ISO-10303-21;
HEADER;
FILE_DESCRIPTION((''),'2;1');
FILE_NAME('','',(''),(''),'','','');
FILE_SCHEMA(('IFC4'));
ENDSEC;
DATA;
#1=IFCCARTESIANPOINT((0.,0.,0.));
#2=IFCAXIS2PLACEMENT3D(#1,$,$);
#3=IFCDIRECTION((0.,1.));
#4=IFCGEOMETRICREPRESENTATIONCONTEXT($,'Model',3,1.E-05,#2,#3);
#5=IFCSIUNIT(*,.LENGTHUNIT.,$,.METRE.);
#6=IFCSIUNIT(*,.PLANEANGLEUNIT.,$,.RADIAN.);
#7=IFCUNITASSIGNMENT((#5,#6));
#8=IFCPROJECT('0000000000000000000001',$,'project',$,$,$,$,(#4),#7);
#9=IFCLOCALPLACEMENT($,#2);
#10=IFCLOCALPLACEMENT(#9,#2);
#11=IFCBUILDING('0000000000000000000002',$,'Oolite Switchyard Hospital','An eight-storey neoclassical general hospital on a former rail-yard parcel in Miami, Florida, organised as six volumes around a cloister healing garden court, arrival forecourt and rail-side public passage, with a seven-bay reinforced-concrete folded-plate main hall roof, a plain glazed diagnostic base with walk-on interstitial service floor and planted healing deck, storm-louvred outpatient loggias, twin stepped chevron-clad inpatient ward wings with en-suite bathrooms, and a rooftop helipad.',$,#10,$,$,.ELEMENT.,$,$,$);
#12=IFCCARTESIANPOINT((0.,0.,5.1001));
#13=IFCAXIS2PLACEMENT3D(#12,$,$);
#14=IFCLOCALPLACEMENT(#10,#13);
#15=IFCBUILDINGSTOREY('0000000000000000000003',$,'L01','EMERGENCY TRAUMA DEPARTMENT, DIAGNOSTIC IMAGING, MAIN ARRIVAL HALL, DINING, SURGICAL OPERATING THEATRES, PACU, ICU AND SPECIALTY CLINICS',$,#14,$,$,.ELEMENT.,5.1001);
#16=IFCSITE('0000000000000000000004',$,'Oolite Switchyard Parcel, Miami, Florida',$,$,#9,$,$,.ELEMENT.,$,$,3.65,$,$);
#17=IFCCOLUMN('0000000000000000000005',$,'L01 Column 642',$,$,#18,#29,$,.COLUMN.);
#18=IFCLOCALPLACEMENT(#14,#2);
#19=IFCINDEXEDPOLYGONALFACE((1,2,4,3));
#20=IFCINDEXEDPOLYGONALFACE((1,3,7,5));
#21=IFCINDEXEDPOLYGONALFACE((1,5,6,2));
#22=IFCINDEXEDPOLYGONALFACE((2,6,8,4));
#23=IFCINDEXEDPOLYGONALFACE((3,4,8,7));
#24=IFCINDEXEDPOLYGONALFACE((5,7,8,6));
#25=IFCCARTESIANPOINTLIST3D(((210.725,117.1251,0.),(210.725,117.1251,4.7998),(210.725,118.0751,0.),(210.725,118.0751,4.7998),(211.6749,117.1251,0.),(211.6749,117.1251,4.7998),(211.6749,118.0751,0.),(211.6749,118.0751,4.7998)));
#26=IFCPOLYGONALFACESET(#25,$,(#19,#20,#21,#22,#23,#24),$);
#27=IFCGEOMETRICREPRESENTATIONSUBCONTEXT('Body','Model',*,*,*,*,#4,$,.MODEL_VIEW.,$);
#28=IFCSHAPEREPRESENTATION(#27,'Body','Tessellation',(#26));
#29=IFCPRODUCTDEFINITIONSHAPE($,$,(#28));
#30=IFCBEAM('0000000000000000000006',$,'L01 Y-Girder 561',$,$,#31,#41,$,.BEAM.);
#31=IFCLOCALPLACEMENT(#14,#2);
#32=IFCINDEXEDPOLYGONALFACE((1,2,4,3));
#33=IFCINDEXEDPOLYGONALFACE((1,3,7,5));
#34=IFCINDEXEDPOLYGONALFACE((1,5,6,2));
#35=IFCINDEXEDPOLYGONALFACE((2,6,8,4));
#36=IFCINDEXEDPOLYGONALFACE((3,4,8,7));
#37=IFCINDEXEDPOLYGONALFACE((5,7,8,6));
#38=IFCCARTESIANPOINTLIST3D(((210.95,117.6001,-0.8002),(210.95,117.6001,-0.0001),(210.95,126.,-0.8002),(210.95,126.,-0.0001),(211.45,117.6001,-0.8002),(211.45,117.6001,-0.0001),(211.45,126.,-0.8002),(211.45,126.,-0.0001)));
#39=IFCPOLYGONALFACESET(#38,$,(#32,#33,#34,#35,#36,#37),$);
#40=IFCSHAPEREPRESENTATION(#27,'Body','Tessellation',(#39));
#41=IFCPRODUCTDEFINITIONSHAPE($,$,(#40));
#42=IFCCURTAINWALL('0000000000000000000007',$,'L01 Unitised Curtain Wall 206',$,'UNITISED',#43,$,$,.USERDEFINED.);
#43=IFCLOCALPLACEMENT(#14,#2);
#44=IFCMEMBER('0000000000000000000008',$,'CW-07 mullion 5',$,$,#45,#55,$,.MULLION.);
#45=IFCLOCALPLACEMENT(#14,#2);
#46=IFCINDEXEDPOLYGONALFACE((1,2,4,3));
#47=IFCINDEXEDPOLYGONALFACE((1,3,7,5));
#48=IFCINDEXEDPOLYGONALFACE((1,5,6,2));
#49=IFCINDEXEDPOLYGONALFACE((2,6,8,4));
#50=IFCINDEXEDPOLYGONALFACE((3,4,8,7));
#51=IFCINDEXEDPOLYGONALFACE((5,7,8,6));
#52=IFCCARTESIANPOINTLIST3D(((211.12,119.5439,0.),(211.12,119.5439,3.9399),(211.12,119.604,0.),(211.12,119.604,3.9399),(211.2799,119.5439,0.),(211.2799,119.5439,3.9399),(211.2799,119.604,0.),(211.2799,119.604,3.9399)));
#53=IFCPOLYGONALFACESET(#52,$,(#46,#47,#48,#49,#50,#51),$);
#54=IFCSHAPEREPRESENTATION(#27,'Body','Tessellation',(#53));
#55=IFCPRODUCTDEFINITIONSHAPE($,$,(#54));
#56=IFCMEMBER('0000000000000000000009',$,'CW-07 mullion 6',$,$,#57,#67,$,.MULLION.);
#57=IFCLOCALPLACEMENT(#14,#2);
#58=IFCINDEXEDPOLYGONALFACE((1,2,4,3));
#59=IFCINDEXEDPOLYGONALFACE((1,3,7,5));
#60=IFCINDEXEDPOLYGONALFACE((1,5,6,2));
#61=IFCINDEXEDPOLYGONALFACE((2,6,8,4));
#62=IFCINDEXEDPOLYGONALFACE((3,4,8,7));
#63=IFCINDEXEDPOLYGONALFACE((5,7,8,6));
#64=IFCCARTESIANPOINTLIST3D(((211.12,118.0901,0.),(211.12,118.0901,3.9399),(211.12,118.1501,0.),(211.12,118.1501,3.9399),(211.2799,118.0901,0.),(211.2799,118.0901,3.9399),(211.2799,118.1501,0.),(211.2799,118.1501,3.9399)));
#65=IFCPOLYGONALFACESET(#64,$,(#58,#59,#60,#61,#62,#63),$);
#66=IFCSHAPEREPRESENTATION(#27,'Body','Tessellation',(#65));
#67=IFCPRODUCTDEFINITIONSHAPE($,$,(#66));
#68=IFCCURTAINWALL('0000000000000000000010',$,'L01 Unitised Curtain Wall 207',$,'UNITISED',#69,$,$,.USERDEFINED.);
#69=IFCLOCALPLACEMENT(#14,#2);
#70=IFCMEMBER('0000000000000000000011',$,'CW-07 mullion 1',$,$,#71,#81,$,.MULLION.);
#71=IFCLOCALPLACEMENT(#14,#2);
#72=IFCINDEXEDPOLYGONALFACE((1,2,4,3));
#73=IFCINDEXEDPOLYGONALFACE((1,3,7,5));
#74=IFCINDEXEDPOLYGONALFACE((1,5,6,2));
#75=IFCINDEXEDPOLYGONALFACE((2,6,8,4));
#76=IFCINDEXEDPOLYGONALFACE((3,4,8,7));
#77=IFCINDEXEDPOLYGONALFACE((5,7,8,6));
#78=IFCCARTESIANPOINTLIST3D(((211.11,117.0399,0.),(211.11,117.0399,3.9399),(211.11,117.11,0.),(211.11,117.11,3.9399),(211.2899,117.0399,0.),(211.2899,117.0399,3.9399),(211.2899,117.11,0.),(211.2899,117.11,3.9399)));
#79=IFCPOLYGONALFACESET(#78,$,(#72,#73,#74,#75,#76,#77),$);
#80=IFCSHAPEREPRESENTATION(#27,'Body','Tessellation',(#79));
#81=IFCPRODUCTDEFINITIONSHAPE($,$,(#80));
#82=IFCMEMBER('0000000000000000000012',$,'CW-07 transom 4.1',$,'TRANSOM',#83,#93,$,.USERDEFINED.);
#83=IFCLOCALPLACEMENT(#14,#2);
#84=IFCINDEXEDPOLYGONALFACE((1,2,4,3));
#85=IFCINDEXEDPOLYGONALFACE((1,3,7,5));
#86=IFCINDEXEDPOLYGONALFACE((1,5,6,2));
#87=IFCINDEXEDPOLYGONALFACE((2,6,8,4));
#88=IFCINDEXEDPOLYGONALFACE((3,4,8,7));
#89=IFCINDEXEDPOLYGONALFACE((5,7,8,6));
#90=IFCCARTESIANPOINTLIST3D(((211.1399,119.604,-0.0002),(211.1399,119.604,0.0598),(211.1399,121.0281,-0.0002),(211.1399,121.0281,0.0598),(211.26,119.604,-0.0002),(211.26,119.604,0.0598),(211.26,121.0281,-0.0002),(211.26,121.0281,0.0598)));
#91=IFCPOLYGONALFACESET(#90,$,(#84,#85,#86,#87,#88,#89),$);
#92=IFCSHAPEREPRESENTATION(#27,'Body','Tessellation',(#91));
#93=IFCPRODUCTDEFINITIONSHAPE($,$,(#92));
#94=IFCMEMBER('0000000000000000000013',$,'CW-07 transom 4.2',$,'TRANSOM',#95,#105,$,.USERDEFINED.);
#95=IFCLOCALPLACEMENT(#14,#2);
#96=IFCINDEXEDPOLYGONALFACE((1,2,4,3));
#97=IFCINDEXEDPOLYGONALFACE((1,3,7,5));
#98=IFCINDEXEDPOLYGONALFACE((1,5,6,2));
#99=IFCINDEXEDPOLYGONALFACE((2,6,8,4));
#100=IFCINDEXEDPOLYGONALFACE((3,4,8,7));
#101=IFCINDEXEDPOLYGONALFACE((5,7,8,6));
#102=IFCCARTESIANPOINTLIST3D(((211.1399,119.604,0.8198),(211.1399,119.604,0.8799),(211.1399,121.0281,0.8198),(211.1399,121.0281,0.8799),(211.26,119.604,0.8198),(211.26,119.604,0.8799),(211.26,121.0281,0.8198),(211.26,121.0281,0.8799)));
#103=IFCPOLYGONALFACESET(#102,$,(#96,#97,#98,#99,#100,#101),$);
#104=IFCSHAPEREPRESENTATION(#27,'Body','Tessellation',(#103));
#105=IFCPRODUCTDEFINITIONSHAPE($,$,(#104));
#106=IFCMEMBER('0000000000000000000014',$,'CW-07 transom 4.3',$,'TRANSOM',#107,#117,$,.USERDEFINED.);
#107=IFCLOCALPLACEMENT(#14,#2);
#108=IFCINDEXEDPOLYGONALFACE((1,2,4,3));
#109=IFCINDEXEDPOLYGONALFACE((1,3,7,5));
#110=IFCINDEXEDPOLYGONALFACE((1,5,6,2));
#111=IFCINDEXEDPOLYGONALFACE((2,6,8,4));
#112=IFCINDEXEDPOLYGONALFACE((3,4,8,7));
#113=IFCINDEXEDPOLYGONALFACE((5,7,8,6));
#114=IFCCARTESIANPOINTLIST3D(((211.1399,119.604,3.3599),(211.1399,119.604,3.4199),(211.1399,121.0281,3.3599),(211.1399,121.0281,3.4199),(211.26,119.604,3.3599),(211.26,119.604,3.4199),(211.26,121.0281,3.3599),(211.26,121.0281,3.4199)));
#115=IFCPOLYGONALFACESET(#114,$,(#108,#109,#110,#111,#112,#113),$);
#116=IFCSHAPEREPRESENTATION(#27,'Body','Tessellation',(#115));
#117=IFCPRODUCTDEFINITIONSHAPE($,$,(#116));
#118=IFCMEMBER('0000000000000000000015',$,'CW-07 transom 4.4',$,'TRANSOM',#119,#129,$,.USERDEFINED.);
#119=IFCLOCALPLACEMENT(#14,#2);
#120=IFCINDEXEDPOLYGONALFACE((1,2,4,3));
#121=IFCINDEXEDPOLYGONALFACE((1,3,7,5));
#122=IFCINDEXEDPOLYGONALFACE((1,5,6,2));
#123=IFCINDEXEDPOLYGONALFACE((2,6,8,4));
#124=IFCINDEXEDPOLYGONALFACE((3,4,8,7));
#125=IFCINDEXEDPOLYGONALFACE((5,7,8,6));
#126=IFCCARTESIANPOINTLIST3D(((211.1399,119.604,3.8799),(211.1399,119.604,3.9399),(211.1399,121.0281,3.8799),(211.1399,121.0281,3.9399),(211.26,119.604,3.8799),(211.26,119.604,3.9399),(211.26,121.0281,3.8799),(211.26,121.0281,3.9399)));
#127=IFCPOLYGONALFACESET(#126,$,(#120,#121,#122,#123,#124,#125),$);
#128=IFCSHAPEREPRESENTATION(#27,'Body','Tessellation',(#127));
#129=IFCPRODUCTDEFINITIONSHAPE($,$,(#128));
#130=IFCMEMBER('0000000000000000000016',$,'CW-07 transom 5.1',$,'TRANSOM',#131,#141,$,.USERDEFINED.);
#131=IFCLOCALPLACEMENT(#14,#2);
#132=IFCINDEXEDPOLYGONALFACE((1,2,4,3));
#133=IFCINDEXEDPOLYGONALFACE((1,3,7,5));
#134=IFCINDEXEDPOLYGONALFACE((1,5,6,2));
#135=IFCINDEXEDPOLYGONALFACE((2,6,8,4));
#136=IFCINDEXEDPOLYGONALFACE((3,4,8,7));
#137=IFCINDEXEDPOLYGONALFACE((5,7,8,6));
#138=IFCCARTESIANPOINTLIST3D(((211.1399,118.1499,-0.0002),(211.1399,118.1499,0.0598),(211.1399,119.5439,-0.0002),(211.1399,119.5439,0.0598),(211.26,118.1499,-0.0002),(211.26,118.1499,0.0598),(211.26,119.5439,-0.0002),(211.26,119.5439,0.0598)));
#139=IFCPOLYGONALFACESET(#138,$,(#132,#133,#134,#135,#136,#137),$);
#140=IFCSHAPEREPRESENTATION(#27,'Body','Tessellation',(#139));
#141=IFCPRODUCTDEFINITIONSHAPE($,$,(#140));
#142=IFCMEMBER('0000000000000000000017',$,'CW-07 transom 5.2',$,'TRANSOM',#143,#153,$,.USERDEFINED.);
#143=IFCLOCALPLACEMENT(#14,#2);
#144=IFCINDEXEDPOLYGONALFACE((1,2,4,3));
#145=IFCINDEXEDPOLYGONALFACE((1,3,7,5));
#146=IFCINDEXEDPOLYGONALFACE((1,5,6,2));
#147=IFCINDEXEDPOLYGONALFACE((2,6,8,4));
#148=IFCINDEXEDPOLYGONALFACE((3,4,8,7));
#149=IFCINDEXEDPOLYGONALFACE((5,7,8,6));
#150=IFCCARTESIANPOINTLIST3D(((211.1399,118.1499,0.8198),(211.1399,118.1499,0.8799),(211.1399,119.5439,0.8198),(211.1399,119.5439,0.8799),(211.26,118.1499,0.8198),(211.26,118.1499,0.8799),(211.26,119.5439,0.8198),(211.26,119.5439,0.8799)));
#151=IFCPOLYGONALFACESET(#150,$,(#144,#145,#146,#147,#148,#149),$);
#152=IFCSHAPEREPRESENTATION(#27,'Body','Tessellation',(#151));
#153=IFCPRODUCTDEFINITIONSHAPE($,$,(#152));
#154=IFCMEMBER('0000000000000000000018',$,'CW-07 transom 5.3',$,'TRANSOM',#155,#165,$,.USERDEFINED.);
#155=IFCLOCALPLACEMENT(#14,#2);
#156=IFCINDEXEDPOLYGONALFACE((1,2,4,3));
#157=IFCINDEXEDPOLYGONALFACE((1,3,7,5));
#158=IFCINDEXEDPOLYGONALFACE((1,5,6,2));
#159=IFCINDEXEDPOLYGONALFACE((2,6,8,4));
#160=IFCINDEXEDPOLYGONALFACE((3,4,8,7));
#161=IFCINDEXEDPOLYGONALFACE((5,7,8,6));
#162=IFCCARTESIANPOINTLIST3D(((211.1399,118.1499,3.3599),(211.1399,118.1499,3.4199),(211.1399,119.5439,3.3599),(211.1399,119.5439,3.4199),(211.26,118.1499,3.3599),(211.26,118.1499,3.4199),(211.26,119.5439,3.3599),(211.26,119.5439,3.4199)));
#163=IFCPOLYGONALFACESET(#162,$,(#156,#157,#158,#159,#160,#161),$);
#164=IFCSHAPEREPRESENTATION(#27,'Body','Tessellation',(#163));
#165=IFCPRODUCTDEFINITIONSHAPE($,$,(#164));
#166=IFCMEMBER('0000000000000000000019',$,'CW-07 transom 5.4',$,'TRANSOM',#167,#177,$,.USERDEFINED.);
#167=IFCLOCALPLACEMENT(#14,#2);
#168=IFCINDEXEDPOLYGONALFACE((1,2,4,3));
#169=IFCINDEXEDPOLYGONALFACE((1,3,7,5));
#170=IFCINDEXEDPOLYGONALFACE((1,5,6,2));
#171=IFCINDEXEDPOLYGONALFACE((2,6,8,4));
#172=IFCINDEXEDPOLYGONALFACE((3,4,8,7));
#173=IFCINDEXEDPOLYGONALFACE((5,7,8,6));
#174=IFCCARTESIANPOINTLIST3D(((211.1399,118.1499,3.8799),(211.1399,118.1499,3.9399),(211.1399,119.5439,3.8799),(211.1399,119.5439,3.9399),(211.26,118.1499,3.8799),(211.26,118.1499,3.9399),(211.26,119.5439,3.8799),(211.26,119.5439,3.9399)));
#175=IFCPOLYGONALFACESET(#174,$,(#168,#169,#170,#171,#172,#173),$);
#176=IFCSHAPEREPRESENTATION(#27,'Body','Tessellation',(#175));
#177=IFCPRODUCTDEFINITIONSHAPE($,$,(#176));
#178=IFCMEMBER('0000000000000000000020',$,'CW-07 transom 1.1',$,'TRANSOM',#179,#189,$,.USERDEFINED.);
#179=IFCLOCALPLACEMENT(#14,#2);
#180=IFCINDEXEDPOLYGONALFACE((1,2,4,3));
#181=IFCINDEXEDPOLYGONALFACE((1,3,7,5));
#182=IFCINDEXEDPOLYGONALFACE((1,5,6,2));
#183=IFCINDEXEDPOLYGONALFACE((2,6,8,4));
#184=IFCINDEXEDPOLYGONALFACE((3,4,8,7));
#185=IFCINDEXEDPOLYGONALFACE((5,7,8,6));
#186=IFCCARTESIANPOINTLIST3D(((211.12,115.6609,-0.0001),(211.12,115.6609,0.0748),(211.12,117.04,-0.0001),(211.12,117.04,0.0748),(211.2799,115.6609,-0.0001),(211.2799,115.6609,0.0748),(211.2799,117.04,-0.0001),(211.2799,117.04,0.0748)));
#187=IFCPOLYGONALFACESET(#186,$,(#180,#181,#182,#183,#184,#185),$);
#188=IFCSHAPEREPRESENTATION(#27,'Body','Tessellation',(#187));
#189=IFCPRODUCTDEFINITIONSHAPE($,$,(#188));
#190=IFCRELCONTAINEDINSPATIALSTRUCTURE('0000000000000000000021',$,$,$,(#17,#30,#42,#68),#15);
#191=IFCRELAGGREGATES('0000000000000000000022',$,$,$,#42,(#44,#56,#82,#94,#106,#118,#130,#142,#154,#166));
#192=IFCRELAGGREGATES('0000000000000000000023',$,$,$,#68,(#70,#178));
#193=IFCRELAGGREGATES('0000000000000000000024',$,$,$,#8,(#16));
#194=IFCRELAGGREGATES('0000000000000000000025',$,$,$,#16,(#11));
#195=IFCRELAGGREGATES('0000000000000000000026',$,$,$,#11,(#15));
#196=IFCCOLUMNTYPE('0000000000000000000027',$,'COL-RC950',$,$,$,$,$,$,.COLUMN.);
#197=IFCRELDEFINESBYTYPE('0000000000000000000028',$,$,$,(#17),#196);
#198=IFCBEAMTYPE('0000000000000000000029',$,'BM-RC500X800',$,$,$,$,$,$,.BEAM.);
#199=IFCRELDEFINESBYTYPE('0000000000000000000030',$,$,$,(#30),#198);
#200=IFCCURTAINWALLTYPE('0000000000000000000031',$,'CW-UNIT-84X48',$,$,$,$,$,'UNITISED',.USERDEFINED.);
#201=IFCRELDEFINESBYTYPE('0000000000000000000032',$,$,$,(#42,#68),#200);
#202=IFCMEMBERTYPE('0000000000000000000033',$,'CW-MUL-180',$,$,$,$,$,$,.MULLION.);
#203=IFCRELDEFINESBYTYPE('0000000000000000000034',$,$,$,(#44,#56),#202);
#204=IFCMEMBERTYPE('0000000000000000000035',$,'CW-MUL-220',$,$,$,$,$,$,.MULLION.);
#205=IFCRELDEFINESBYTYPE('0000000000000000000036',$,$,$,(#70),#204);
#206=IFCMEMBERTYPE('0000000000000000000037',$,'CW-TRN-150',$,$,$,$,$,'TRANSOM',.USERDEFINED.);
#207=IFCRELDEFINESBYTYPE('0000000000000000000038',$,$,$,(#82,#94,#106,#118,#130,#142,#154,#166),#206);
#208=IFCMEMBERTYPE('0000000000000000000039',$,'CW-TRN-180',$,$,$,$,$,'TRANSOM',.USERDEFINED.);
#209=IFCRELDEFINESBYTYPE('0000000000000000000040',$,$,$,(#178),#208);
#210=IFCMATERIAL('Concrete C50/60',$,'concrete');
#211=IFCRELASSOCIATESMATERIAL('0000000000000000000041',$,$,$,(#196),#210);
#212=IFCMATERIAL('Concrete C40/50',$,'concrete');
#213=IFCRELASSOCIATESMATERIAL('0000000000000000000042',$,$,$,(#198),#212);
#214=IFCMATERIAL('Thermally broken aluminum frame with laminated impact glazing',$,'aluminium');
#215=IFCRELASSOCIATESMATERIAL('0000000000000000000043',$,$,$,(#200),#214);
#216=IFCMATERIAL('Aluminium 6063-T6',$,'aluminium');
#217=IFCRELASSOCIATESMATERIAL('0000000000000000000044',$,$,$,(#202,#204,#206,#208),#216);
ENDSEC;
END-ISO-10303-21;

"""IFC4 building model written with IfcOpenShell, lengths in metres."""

from ifc_helpers import new_model, si_unit, direction, frame, origin, origin_2d, place, context, subcontext, project, spatial, rectangle, extrude, material, material_profile, profile_set, type_object, element, aggregate, save


model = new_model("IFC4")

# Units and contexts
model_context = context("Model", 3, precision=1e-05, world=origin(), true_north=direction((0.0, 1.0)))
body_context = subcontext(model_context, "Body", "Model", "MODEL_VIEW")
ifc_project = project(units=[si_unit("LENGTHUNIT", "METRE"), si_unit("PLANEANGLEUNIT", "RADIAN")], contexts=[model_context])

# Site, building, storey
site_placement = place(None, origin())
site = spatial("IfcSite", under=ifc_project, at=site_placement, Name="Oolite Switchyard Parcel, Miami, Florida", CompositionType="ELEMENT", RefElevation=3.65)
building_placement = place(site_placement, origin())
building = spatial("IfcBuilding", under=site, at=building_placement, Name="Oolite Switchyard Hospital", Description="An eight-storey neoclassical general hospital on a former rail-yard parcel in Miami, Florida, organised as six volumes around a cloister healing garden court, arrival forecourt and rail-side public passage, with a seven-bay reinforced-concrete folded-plate main hall roof, a plain glazed diagnostic base with walk-on interstitial service floor and planted healing deck, storm-louvred outpatient loggias, twin stepped chevron-clad inpatient ward wings with en-suite bathrooms, and a rooftop helipad.", CompositionType="ELEMENT")
storey_placement = place(building_placement, frame((0.0, 0.0, 5.1001)))
storey = spatial("IfcBuildingStorey", under=building, at=storey_placement, Name="L01", Description="EMERGENCY TRAUMA DEPARTMENT, DIAGNOSTIC IMAGING, MAIN ARRIVAL HALL, DINING, SURGICAL OPERATING THEATRES, PACU, ICU AND SPECIALTY CLINICS", CompositionType="ELEMENT", Elevation=5.1001)

# Column
ifc_material_1 = material(Name="Concrete C50/60", Category="concrete")
ifc_material_profile_1 = material_profile(ifc_material_1, rectangle(XDim=0.95, YDim=0.95, at=origin_2d()), Name="RC950X950")
ifc_profile_set_1 = profile_set([ifc_material_profile_1], Name="Concrete C50/60")
column_type = type_object("IfcColumnType", Name="COL-RC950", PredefinedType="COLUMN", material=ifc_profile_set_1)
column_placement = place(storey_placement, frame((211.2, 117.6001, 0.0), z_axis=(0.0, 0.0, 1.0), x_axis=(1.0, 0.0, 0.0)))
element("IfcColumn", 1, at=column_placement, inside=storey, type_object=column_type, Name="L01 Column 642", PredefinedType="COLUMN", context=body_context, shape_type="SweptSolid", body=[
    extrude(rectangle(XDim=0.95, YDim=0.95, at=origin_2d()), origin(), (0.0, 0.0, 1.0), 4.7998),
])

# Beam
ifc_material_2 = material(Name="Concrete C40/50", Category="concrete")
ifc_material_profile_2 = material_profile(ifc_material_2, rectangle(XDim=0.5, YDim=0.8, at=origin_2d()), Name="RCB500X800")
ifc_profile_set_2 = profile_set([ifc_material_profile_2], Name="Concrete C40/50")
beam_type = type_object("IfcBeamType", Name="BM-RC500X800", PredefinedType="BEAM", material=ifc_profile_set_2)
beam_placement = place(storey_placement, frame((211.2, 117.6001, -0.4001), z_axis=(0.0, 1.0, 0.0), x_axis=(-1.0, 0.0, 0.0)))
element("IfcBeam", 2, at=beam_placement, inside=storey, type_object=beam_type, Name="L01 Y-Girder 561", PredefinedType="BEAM", context=body_context, shape_type="SweptSolid", body=[
    extrude(rectangle(XDim=0.5, YDim=0.8, at=origin_2d()), origin(), (0.0, 0.0, 1.0), 8.3999),
])

# Curtain wall, members
ifc_material_3 = material(Name="Thermally broken aluminum frame with laminated impact glazing", Category="aluminium")
curtain_wall_type = type_object("IfcCurtainWallType", Name="CW-UNIT-84X48", ElementType="UNITISED", PredefinedType="USERDEFINED", material=ifc_material_3)
curtain_wall_1_placement = place(storey_placement, origin())
curtain_wall_1 = element("IfcCurtainWall", 3, at=curtain_wall_1_placement, inside=storey, type_object=curtain_wall_type, Name="L01 Unitised Curtain Wall 206", ObjectType="UNITISED", PredefinedType="USERDEFINED")
ifc_material_4 = material(Name="Aluminium 6063-T6", Category="aluminium")
ifc_material_profile_3 = material_profile(ifc_material_4, rectangle(XDim=0.1599, YDim=0.0601, at=origin_2d()), Name="CWM60X160")
ifc_profile_set_3 = profile_set([ifc_material_profile_3], Name="Aluminium 6063-T6")
member_type_1 = type_object("IfcMemberType", Name="CW-MUL-180", PredefinedType="MULLION", material=ifc_profile_set_3)
member_1_placement = place(storey_placement, frame((211.2, 119.574, 0.0), z_axis=(0.0, 0.0, 1.0), x_axis=(1.0, 0.0, 0.0)))
member_1 = element("IfcMember", 4, at=member_1_placement, type_object=member_type_1, Name="CW-07 mullion 5", PredefinedType="MULLION", context=body_context, shape_type="SweptSolid", body=[
    extrude(rectangle(XDim=0.1599, YDim=0.0601, at=origin_2d()), origin(), (0.0, 0.0, 1.0), 3.9399),
])
member_2_placement = place(storey_placement, frame((211.2, 118.1201, 0.0), z_axis=(0.0, 0.0, 1.0), x_axis=(1.0, 0.0, 0.0)))
member_2 = element("IfcMember", 5, at=member_2_placement, type_object=member_type_1, Name="CW-07 mullion 6", PredefinedType="MULLION", context=body_context, shape_type="SweptSolid", body=[
    extrude(rectangle(XDim=0.1599, YDim=0.0601, at=origin_2d()), origin(), (0.0, 0.0, 1.0), 3.9399),
])

# Curtain wall, member
curtain_wall_2_placement = place(storey_placement, origin())
curtain_wall_2 = element("IfcCurtainWall", 6, at=curtain_wall_2_placement, inside=storey, type_object=curtain_wall_type, Name="L01 Unitised Curtain Wall 207", ObjectType="UNITISED", PredefinedType="USERDEFINED")
ifc_material_profile_4 = material_profile(ifc_material_4, rectangle(XDim=0.1799, YDim=0.0701, at=origin_2d()), Name="CWM70X180")
ifc_profile_set_4 = profile_set([ifc_material_profile_4], Name="Aluminium 6063-T6")
member_type_2 = type_object("IfcMemberType", Name="CW-MUL-220", PredefinedType="MULLION", material=ifc_profile_set_4)
member_3_placement = place(storey_placement, frame((211.2, 117.075, 0.0), z_axis=(0.0, 0.0, 1.0), x_axis=(1.0, 0.0, 0.0)))
member_3 = element("IfcMember", 7, at=member_3_placement, type_object=member_type_2, Name="CW-07 mullion 1", PredefinedType="MULLION", context=body_context, shape_type="SweptSolid", body=[
    extrude(rectangle(XDim=0.1799, YDim=0.0701, at=origin_2d()), origin(), (0.0, 0.0, 1.0), 3.9399),
])

# Members
ifc_material_profile_5 = material_profile(ifc_material_4, rectangle(XDim=0.1201, YDim=0.0601, at=origin_2d()), Name="CWT60X120")
ifc_profile_set_5 = profile_set([ifc_material_profile_5], Name="Aluminium 6063-T6")
member_type_3 = type_object("IfcMemberType", Name="CW-TRN-150", ElementType="TRANSOM", PredefinedType="USERDEFINED", material=ifc_profile_set_5)
member_4_placement = place(storey_placement, frame((211.2, 121.0281, 0.0298), z_axis=(0.0, -1.0, 0.0), x_axis=(1.0, 0.0, 0.0)))
member_4 = element("IfcMember", 8, at=member_4_placement, type_object=member_type_3, Name="CW-07 transom 4.1", ObjectType="TRANSOM", PredefinedType="USERDEFINED", context=body_context, shape_type="SweptSolid", body=[
    extrude(rectangle(XDim=0.1201, YDim=0.0601, at=origin_2d()), origin(), (0.0, 0.0, 1.0), 1.4241),
])
member_5_placement = place(storey_placement, frame((211.2, 121.0281, 0.8499), z_axis=(0.0, -1.0, 0.0), x_axis=(1.0, 0.0, 0.0)))
member_5 = element("IfcMember", 9, at=member_5_placement, type_object=member_type_3, Name="CW-07 transom 4.2", ObjectType="TRANSOM", PredefinedType="USERDEFINED", context=body_context, shape_type="SweptSolid", body=[
    extrude(rectangle(XDim=0.1201, YDim=0.0601, at=origin_2d()), origin(), (0.0, 0.0, 1.0), 1.4241),
])
member_6_placement = place(storey_placement, frame((211.2, 121.0281, 3.3899), z_axis=(0.0, -1.0, 0.0), x_axis=(1.0, 0.0, 0.0)))
member_6 = element("IfcMember", 10, at=member_6_placement, type_object=member_type_3, Name="CW-07 transom 4.3", ObjectType="TRANSOM", PredefinedType="USERDEFINED", context=body_context, shape_type="SweptSolid", body=[
    extrude(rectangle(XDim=0.1201, YDim=0.0601, at=origin_2d()), origin(), (0.0, 0.0, 1.0), 1.4241),
])
member_7_placement = place(storey_placement, frame((211.2, 121.0281, 3.9099), z_axis=(0.0, -1.0, 0.0), x_axis=(1.0, 0.0, 0.0)))
member_7 = element("IfcMember", 11, at=member_7_placement, type_object=member_type_3, Name="CW-07 transom 4.4", ObjectType="TRANSOM", PredefinedType="USERDEFINED", context=body_context, shape_type="SweptSolid", body=[
    extrude(rectangle(XDim=0.1201, YDim=0.0601, at=origin_2d()), origin(), (0.0, 0.0, 1.0), 1.4241),
])
member_8_placement = place(storey_placement, frame((211.2, 119.5439, 0.0298), z_axis=(0.0, -1.0, 0.0), x_axis=(1.0, 0.0, 0.0)))
member_8 = element("IfcMember", 12, at=member_8_placement, type_object=member_type_3, Name="CW-07 transom 5.1", ObjectType="TRANSOM", PredefinedType="USERDEFINED", context=body_context, shape_type="SweptSolid", body=[
    extrude(rectangle(XDim=0.1201, YDim=0.0601, at=origin_2d()), origin(), (0.0, 0.0, 1.0), 1.394),
])
member_9_placement = place(storey_placement, frame((211.2, 119.5439, 0.8499), z_axis=(0.0, -1.0, 0.0), x_axis=(1.0, 0.0, 0.0)))
member_9 = element("IfcMember", 13, at=member_9_placement, type_object=member_type_3, Name="CW-07 transom 5.2", ObjectType="TRANSOM", PredefinedType="USERDEFINED", context=body_context, shape_type="SweptSolid", body=[
    extrude(rectangle(XDim=0.1201, YDim=0.0601, at=origin_2d()), origin(), (0.0, 0.0, 1.0), 1.394),
])
member_10_placement = place(storey_placement, frame((211.2, 119.5439, 3.3899), z_axis=(0.0, -1.0, 0.0), x_axis=(1.0, 0.0, 0.0)))
member_10 = element("IfcMember", 14, at=member_10_placement, type_object=member_type_3, Name="CW-07 transom 5.3", ObjectType="TRANSOM", PredefinedType="USERDEFINED", context=body_context, shape_type="SweptSolid", body=[
    extrude(rectangle(XDim=0.1201, YDim=0.0601, at=origin_2d()), origin(), (0.0, 0.0, 1.0), 1.394),
])
member_11_placement = place(storey_placement, frame((211.2, 119.5439, 3.9099), z_axis=(0.0, -1.0, 0.0), x_axis=(1.0, 0.0, 0.0)))
member_11 = element("IfcMember", 15, at=member_11_placement, type_object=member_type_3, Name="CW-07 transom 5.4", ObjectType="TRANSOM", PredefinedType="USERDEFINED", context=body_context, shape_type="SweptSolid", body=[
    extrude(rectangle(XDim=0.1201, YDim=0.0601, at=origin_2d()), origin(), (0.0, 0.0, 1.0), 1.394),
])
ifc_material_profile_6 = material_profile(ifc_material_4, rectangle(XDim=0.1599, YDim=0.075, at=origin_2d()), Name="CWT75X160")
ifc_profile_set_6 = profile_set([ifc_material_profile_6], Name="Aluminium 6063-T6")
member_type_4 = type_object("IfcMemberType", Name="CW-TRN-180", ElementType="TRANSOM", PredefinedType="USERDEFINED", material=ifc_profile_set_6)
member_12_placement = place(storey_placement, frame((211.2, 117.04, 0.0374), z_axis=(0.0, -1.0, 0.0), x_axis=(1.0, 0.0, 0.0)))
member_12 = element("IfcMember", 16, at=member_12_placement, type_object=member_type_4, Name="CW-07 transom 1.1", ObjectType="TRANSOM", PredefinedType="USERDEFINED", context=body_context, shape_type="SweptSolid", body=[
    extrude(rectangle(XDim=0.1599, YDim=0.075, at=origin_2d()), origin(), (0.0, 0.0, 1.0), 1.3792),
])

aggregate(curtain_wall_1, [member_1, member_2, member_4, member_5, member_6, member_7, member_8, member_9, member_10, member_11])
aggregate(curtain_wall_2, [member_3, member_12])

save(model, "model.ifc")
